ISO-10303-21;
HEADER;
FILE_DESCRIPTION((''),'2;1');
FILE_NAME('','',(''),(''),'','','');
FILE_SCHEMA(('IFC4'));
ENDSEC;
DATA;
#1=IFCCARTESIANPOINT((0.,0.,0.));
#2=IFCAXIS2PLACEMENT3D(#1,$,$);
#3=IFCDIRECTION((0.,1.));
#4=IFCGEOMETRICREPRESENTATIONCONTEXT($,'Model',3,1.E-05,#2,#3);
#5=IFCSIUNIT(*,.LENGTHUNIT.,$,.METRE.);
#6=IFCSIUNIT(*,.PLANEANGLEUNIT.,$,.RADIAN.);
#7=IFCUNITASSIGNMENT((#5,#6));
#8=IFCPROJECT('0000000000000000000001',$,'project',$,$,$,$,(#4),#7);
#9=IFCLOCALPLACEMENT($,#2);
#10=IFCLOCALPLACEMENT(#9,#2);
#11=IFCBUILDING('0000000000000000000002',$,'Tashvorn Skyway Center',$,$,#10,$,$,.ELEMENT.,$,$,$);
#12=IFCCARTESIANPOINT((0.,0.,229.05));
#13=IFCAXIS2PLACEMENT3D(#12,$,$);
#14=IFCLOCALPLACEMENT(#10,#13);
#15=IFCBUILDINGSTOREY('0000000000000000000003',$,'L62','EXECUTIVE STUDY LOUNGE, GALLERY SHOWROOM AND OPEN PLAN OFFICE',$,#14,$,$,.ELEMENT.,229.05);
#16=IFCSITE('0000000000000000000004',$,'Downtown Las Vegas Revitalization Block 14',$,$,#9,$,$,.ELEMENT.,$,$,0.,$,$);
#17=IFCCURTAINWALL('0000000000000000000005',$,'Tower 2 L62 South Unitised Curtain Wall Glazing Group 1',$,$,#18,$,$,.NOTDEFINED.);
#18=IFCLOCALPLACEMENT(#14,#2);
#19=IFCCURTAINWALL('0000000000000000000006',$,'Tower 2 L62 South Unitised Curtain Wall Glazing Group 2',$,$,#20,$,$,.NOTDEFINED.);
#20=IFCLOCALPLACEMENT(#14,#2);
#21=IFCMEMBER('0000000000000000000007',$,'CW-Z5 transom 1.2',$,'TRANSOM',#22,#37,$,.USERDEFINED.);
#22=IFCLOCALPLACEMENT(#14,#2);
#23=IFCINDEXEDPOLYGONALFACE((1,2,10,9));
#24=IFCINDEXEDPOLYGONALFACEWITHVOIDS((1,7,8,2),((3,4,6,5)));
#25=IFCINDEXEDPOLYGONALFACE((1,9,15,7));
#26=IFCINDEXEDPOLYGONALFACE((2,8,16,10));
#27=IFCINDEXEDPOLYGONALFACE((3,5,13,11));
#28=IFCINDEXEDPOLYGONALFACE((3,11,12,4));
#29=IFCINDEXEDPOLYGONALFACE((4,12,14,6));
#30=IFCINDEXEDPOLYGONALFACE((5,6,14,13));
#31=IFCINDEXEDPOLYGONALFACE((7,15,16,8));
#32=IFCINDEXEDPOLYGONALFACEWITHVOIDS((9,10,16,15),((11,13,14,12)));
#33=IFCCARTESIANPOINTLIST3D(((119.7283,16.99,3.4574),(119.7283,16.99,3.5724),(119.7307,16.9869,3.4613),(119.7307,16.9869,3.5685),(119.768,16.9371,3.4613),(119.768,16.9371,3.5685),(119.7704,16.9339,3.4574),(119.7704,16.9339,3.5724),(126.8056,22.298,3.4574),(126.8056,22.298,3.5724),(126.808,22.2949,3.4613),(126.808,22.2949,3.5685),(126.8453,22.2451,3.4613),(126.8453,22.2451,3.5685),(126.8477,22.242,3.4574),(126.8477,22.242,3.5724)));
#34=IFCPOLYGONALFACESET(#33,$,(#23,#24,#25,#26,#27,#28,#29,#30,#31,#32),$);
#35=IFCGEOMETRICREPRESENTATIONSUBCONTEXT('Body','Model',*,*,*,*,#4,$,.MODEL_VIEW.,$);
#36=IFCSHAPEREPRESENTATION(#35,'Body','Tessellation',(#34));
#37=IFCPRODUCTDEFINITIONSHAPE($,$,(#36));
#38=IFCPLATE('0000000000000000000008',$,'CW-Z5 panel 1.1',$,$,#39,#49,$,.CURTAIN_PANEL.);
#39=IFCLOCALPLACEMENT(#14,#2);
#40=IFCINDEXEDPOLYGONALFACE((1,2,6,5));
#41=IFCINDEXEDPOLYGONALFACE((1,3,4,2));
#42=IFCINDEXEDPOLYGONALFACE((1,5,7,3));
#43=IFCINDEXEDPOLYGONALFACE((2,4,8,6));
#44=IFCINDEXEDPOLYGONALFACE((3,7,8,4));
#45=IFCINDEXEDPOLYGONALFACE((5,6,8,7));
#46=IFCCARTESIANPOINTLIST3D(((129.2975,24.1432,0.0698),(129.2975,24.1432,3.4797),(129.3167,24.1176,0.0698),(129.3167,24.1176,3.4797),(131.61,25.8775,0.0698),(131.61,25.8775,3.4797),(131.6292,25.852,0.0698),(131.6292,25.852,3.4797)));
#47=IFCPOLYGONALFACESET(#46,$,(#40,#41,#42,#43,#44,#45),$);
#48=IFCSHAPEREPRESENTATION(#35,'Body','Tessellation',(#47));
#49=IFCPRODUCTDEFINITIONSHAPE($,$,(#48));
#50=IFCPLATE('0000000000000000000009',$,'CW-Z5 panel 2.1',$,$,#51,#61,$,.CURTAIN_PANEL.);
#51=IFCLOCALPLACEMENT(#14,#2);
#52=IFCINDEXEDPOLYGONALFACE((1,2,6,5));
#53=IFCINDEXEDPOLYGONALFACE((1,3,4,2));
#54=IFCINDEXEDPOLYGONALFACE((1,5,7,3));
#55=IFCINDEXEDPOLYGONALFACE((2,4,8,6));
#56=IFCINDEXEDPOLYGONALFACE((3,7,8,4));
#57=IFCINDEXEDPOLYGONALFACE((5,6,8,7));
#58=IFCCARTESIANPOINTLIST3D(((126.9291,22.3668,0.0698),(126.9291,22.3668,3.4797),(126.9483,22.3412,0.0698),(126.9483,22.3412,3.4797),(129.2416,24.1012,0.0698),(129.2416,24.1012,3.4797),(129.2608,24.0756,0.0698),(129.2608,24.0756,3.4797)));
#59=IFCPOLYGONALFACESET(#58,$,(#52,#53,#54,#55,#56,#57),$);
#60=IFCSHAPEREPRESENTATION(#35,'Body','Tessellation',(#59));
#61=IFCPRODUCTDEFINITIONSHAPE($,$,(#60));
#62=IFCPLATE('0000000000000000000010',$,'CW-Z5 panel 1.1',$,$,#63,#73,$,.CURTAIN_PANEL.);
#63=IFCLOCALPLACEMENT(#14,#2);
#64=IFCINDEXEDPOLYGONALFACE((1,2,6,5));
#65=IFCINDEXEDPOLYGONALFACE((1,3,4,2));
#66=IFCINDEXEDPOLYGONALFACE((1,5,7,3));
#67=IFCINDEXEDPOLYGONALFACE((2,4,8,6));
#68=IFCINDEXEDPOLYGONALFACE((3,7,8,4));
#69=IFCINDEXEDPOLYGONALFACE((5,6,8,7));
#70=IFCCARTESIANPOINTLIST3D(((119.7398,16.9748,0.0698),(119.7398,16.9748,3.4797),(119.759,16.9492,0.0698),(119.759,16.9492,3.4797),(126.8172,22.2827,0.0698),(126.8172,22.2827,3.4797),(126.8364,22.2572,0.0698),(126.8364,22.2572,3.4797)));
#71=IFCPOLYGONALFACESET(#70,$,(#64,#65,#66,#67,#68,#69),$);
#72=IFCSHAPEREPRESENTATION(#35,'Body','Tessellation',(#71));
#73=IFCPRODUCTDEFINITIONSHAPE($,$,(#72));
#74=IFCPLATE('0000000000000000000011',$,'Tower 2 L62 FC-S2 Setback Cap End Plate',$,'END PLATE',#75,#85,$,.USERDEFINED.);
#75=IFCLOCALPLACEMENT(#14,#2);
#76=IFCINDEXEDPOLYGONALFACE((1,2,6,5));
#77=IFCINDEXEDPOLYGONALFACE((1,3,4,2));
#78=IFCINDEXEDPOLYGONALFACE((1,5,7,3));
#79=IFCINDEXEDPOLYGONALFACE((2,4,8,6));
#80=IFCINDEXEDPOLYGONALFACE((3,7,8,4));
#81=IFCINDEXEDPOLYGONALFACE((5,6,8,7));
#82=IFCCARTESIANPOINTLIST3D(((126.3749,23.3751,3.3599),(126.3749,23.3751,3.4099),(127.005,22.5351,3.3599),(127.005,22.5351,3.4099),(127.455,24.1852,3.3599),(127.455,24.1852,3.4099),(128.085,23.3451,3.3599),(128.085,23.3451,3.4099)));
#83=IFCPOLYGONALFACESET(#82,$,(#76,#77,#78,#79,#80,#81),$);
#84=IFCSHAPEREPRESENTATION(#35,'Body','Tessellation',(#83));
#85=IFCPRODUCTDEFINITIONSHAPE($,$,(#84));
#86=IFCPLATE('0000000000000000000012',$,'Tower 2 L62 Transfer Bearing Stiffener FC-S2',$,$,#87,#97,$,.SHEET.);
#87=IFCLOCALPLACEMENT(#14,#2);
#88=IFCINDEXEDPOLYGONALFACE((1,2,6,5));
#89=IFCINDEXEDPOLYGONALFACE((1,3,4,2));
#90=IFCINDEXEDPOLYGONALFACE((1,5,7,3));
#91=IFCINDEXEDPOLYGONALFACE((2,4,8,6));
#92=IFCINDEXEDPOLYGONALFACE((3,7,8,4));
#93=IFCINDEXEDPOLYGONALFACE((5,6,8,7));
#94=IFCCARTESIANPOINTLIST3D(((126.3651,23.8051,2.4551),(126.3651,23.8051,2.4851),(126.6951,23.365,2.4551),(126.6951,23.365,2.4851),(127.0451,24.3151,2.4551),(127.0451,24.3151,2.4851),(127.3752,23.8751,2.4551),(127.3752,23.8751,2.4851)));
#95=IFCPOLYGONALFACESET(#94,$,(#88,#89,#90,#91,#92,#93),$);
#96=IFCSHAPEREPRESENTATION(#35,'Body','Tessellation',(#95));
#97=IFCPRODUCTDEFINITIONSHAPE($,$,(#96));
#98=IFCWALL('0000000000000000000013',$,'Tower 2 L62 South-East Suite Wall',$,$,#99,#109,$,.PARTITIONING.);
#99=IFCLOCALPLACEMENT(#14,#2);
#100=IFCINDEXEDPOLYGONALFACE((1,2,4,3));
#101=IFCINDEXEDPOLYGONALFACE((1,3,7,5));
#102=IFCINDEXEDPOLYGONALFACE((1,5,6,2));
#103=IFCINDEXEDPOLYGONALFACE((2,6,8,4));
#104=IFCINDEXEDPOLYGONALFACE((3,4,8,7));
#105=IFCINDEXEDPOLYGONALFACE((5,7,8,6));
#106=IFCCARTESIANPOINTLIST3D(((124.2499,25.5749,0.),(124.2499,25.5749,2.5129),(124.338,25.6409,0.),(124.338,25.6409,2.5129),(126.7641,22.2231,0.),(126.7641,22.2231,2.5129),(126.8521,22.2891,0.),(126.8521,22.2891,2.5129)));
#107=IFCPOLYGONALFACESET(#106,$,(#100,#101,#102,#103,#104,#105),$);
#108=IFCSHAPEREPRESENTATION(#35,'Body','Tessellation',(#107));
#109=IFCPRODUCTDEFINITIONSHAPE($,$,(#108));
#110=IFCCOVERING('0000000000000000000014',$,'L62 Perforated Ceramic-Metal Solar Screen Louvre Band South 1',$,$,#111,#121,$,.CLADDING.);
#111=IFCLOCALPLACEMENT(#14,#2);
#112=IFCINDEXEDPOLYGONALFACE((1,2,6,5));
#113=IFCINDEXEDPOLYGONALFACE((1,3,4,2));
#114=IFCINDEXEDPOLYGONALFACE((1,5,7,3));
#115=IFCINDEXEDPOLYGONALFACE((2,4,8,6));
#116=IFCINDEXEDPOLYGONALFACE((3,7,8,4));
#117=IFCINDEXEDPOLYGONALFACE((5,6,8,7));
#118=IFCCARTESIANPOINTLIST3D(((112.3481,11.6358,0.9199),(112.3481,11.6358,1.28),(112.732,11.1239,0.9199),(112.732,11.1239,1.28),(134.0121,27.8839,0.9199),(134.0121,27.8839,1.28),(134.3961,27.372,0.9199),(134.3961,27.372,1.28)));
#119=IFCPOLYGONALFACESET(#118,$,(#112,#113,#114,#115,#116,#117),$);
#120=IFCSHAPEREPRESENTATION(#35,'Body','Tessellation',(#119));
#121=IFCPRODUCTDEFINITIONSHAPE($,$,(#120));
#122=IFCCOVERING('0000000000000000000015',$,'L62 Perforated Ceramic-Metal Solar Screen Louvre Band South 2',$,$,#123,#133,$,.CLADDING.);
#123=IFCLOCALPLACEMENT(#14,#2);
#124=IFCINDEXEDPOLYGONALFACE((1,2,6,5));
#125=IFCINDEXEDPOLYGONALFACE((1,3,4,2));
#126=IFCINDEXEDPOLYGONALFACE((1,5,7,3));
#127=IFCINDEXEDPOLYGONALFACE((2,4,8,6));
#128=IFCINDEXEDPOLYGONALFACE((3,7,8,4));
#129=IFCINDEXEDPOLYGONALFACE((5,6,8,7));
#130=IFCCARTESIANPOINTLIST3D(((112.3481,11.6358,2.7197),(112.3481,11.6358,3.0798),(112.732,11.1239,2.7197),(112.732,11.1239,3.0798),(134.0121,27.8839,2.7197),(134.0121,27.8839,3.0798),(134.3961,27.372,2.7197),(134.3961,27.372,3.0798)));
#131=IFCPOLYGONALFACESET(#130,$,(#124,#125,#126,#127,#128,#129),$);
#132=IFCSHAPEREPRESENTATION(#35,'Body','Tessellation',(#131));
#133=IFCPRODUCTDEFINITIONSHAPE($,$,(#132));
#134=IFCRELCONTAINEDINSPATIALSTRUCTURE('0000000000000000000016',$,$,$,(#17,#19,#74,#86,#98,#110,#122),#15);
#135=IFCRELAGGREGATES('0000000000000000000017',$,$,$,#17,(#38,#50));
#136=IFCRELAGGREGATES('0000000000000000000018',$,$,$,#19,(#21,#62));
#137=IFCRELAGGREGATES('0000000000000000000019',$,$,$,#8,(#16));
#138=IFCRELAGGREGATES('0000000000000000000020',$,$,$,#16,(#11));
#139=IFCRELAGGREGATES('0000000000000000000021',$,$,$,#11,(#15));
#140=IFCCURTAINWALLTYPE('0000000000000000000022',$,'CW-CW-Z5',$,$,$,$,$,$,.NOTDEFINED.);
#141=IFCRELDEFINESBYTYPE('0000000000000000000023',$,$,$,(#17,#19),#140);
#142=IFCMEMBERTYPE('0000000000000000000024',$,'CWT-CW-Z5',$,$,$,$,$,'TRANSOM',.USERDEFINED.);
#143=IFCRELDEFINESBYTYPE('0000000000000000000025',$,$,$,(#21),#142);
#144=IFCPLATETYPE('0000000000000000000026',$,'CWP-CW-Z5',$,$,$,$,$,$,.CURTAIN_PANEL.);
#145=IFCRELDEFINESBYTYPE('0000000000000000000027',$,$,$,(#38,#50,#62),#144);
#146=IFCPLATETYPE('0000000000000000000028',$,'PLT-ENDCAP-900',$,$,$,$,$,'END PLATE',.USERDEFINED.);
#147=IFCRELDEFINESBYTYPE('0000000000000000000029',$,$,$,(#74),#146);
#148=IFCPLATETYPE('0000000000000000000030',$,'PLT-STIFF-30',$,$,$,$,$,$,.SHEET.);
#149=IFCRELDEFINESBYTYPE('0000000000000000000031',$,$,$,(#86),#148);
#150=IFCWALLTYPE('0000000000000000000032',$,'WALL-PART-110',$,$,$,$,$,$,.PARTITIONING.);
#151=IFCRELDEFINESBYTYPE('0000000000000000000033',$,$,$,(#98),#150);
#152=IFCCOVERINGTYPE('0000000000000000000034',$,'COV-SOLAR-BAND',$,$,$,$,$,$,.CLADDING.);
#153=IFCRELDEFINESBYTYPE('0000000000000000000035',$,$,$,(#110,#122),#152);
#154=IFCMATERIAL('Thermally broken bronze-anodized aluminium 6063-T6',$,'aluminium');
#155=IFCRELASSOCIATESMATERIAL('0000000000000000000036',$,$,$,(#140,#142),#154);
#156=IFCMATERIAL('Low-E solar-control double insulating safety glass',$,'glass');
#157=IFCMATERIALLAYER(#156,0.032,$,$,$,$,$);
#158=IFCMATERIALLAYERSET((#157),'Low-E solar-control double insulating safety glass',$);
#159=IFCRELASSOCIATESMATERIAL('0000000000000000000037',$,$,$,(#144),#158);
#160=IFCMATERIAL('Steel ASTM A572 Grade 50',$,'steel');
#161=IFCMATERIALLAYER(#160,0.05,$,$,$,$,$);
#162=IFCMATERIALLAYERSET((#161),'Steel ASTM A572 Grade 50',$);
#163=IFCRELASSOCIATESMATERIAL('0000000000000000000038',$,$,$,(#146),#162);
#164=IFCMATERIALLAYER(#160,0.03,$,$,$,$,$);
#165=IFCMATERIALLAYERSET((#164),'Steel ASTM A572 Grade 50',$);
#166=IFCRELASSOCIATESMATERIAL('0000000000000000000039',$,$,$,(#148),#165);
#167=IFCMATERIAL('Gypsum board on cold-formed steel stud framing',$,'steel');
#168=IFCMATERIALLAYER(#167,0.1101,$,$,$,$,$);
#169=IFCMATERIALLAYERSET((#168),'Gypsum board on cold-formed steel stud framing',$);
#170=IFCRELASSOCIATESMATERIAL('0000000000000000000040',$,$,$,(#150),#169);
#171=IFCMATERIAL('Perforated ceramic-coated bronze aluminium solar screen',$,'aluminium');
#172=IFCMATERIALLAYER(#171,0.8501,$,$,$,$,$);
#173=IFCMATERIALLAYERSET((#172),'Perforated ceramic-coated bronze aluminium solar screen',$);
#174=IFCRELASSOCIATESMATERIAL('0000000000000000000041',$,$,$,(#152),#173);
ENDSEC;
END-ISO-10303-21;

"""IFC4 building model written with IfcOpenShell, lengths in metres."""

from ifc_helpers import new_model, si_unit, direction, frame, frame_2d, origin, origin_2d, place, context, subcontext, project, spatial, rectangle, hollow_rectangle, extrude, material, layer, layer_set, material_profile, profile_set, type_object, element, aggregate, save


model = new_model("IFC4")

# Units and contexts
model_context = context("Model", 3, precision=1e-05, world=origin(), true_north=direction((0.0, 1.0)))
body_context = subcontext(model_context, "Body", "Model", "MODEL_VIEW")
ifc_project = project(units=[si_unit("LENGTHUNIT", "METRE"), si_unit("PLANEANGLEUNIT", "RADIAN")], contexts=[model_context])

# Site, building, storey
site_placement = place(None, origin())
site = spatial("IfcSite", under=ifc_project, at=site_placement, Name="Downtown Las Vegas Revitalization Block 14", CompositionType="ELEMENT", RefElevation=0.0)
building_placement = place(site_placement, origin())
building = spatial("IfcBuilding", under=site, at=building_placement, Name="Tashvorn Skyway Center", CompositionType="ELEMENT")
storey_placement = place(building_placement, frame((0.0, 0.0, 229.05)))
storey = spatial("IfcBuildingStorey", under=building, at=storey_placement, Name="L62", Description="EXECUTIVE STUDY LOUNGE, GALLERY SHOWROOM AND OPEN PLAN OFFICE", CompositionType="ELEMENT", Elevation=229.05)

# Shared definitions
ifc_material_1 = material(Name="Steel ASTM A572 Grade 50", Category="steel")

# Curtain wall
ifc_material_2 = material(Name="Thermally broken bronze-anodized aluminium 6063-T6", Category="aluminium")
curtain_wall_type = type_object("IfcCurtainWallType", Name="CW-CW-Z5", PredefinedType="NOTDEFINED", material=ifc_material_2)
curtain_wall_1_placement = place(storey_placement, origin())
curtain_wall_1 = element("IfcCurtainWall", 1, at=curtain_wall_1_placement, inside=storey, type_object=curtain_wall_type, Name="Tower 2 L62 South Unitised Curtain Wall Glazing Group 1", PredefinedType="NOTDEFINED")

# Curtain wall
curtain_wall_2_placement = place(storey_placement, origin())
curtain_wall_2 = element("IfcCurtainWall", 2, at=curtain_wall_2_placement, inside=storey, type_object=curtain_wall_type, Name="Tower 2 L62 South Unitised Curtain Wall Glazing Group 2", PredefinedType="NOTDEFINED")

# Member
ifc_material_profile_1 = material_profile(ifc_material_2, hollow_rectangle(XDim=0.0701, YDim=0.115, WallThickness=0.0039, at=origin_2d()), Name="ALU-TRAN-70x115")
ifc_profile_set_1 = profile_set([ifc_material_profile_1], Name="Thermally broken bronze-anodized aluminium 6063-T6")
member_type_1 = type_object("IfcMemberType", Name="CWT-CW-Z5", ElementType="TRANSOM", PredefinedType="USERDEFINED", material=ifc_profile_set_1)
member_1_placement = place(storey_placement, frame((126.8267, 22.27, 3.5149), z_axis=(-0.799997, -0.600004, 0.0), x_axis=(0.600004, -0.799997, 0.0)))
member_1 = element("IfcMember", 3, at=member_1_placement, type_object=member_type_1, Name="CW-Z5 transom 1.2", ObjectType="TRANSOM", PredefinedType="USERDEFINED", context=body_context, shape_type="SweptSolid", body=[
    extrude(hollow_rectangle(XDim=0.0701, YDim=0.115, WallThickness=0.0039, at=origin_2d()), origin(), (0.0, 0.0, 1.0), 8.8467),
])

# Plates
ifc_material_3 = material(Name="Low-E solar-control double insulating safety glass", Category="glass")
ifc_layer_1 = layer(ifc_material_3, 0.032)
ifc_layer_set_1 = layer_set([ifc_layer_1], Name="Low-E solar-control double insulating safety glass")
plate_type_1 = type_object("IfcPlateType", Name="CWP-CW-Z5", PredefinedType="CURTAIN_PANEL", material=ifc_layer_set_1)
plate_1_placement = place(storey_placement, frame((130.4634, 24.9976, 0.0698), z_axis=(0.0, 0.0, 1.0), x_axis=(-0.799998, -0.600003, 0.0)))
plate_1 = element("IfcPlate", 4, at=plate_1_placement, type_object=plate_type_1, Name="CW-Z5 panel 1.1", PredefinedType="CURTAIN_PANEL", context=body_context, shape_type="SweptSolid", body=[
    extrude(rectangle(XDim=2.8906, YDim=0.032, at=origin_2d()), origin(), (0.0, 0.0, 1.0), 3.4099),
])
plate_2_placement = place(storey_placement, frame((128.095, 23.2212, 0.0698), z_axis=(0.0, 0.0, 1.0), x_axis=(-0.799998, -0.600003, 0.0)))
plate_2 = element("IfcPlate", 5, at=plate_2_placement, type_object=plate_type_1, Name="CW-Z5 panel 2.1", PredefinedType="CURTAIN_PANEL", context=body_context, shape_type="SweptSolid", body=[
    extrude(rectangle(XDim=2.8906, YDim=0.032, at=origin_2d()), origin(), (0.0, 0.0, 1.0), 3.4099),
])
aggregate(curtain_wall_1, [plate_1, plate_2])
plate_3_placement = place(storey_placement, frame((123.2881, 19.616, 0.0698), z_axis=(0.0, 0.0, 1.0), x_axis=(-0.800003, -0.599996, 0.0)))
plate_3 = element("IfcPlate", 6, at=plate_3_placement, type_object=plate_type_1, Name="CW-Z5 panel 1.1", PredefinedType="CURTAIN_PANEL", context=body_context, shape_type="SweptSolid", body=[
    extrude(rectangle(XDim=8.8467, YDim=0.032, at=origin_2d()), origin(), (0.0, 0.0, 1.0), 3.4099),
])
aggregate(curtain_wall_2, [member_1, plate_3])

# Plates
ifc_layer_2 = layer(ifc_material_1, 0.05)
ifc_layer_set_2 = layer_set([ifc_layer_2], Name="Steel ASTM A572 Grade 50")
plate_type_2 = type_object("IfcPlateType", Name="PLT-ENDCAP-900", ElementType="END PLATE", PredefinedType="USERDEFINED", material=ifc_layer_set_2)
plate_4_placement = place(storey_placement, frame((127.23, 23.3601, 3.3599), z_axis=(0.0, 0.0, 1.0), x_axis=(0.8, 0.6, 0.0)))
element("IfcPlate", 7, at=plate_4_placement, inside=storey, type_object=plate_type_2, Name="Tower 2 L62 FC-S2 Setback Cap End Plate", ObjectType="END PLATE", PredefinedType="USERDEFINED", context=body_context, shape_type="SweptSolid", body=[
    extrude(rectangle(XDim=1.3501, YDim=1.05, at=origin_2d()), origin(), (0.0, 0.0, 1.0), 0.05),
])
ifc_layer_3 = layer(ifc_material_1, 0.03)
ifc_layer_set_3 = layer_set([ifc_layer_3], Name="Steel ASTM A572 Grade 50")
plate_type_3 = type_object("IfcPlateType", Name="PLT-STIFF-30", PredefinedType="SHEET", material=ifc_layer_set_3)
plate_5_placement = place(storey_placement, frame((126.8701, 23.8401, 2.4551), z_axis=(0.0, 0.0, 1.0), x_axis=(0.8, 0.6, 0.0)))
element("IfcPlate", 8, at=plate_5_placement, inside=storey, type_object=plate_type_3, Name="Tower 2 L62 Transfer Bearing Stiffener FC-S2", PredefinedType="SHEET", context=body_context, shape_type="SweptSolid", body=[
    extrude(rectangle(XDim=0.8501, YDim=0.55, at=origin_2d()), origin(), (0.0, 0.0, 1.0), 0.03),
])

# Wall
ifc_material_4 = material(Name="Gypsum board on cold-formed steel stud framing", Category="steel")
ifc_layer_4 = layer(ifc_material_4, 0.1101)
ifc_layer_set_4 = layer_set([ifc_layer_4], Name="Gypsum board on cold-formed steel stud framing")
wall_type = type_object("IfcWallType", Name="WALL-PART-110", PredefinedType="PARTITIONING", material=ifc_layer_set_4)
wall_placement = place(storey_placement, frame((126.8081, 22.2561, 0.0), z_axis=(0.0, 0.0, 1.0), x_axis=(-0.600047, 0.799965, 0.0)))
element("IfcWall", 9, at=wall_placement, inside=storey, type_object=wall_type, Name="Tower 2 L62 South-East Suite Wall", PredefinedType="PARTITIONING", context=body_context, shape_type="SweptSolid", body=[
    extrude(rectangle(XDim=4.1899, YDim=0.1101, at=frame_2d((2.095, 0.0))), origin(), (0.0, 0.0, 1.0), 2.5129),
])

# Coverings
ifc_material_5 = material(Name="Perforated ceramic-coated bronze aluminium solar screen", Category="aluminium")
ifc_layer_5 = layer(ifc_material_5, 0.8501)
ifc_layer_set_5 = layer_set([ifc_layer_5], Name="Perforated ceramic-coated bronze aluminium solar screen")
covering_type = type_object("IfcCoveringType", Name="COV-SOLAR-BAND", PredefinedType="CLADDING", material=ifc_layer_set_5)
for number, where, z_axis, x_axis, name in (
    (10, (123.3721, 19.5039, 0.9199), (0.0, 0.0, 1.0), (-0.8, -0.6, 0.0), "L62 Perforated Ceramic-Metal Solar Screen Louvre Band South 1"),
    (11, (123.3721, 19.5039, 2.7197), (0.0, 0.0, 1.0), (-0.8, -0.6, 0.0), "L62 Perforated Ceramic-Metal Solar Screen Louvre Band South 2"),
):
    element("IfcCovering", number, at=place(storey_placement, frame(where, z_axis=z_axis, x_axis=x_axis)), inside=storey, type_object=covering_type, Name=name, PredefinedType="CLADDING", context=body_context, shape_type="SweptSolid", body=[
        extrude(rectangle(XDim=27.0801, YDim=0.6399, at=origin_2d()), origin(), (0.0, 0.0, 1.0), 0.3601),
    ])

save(model, "model.ifc")
